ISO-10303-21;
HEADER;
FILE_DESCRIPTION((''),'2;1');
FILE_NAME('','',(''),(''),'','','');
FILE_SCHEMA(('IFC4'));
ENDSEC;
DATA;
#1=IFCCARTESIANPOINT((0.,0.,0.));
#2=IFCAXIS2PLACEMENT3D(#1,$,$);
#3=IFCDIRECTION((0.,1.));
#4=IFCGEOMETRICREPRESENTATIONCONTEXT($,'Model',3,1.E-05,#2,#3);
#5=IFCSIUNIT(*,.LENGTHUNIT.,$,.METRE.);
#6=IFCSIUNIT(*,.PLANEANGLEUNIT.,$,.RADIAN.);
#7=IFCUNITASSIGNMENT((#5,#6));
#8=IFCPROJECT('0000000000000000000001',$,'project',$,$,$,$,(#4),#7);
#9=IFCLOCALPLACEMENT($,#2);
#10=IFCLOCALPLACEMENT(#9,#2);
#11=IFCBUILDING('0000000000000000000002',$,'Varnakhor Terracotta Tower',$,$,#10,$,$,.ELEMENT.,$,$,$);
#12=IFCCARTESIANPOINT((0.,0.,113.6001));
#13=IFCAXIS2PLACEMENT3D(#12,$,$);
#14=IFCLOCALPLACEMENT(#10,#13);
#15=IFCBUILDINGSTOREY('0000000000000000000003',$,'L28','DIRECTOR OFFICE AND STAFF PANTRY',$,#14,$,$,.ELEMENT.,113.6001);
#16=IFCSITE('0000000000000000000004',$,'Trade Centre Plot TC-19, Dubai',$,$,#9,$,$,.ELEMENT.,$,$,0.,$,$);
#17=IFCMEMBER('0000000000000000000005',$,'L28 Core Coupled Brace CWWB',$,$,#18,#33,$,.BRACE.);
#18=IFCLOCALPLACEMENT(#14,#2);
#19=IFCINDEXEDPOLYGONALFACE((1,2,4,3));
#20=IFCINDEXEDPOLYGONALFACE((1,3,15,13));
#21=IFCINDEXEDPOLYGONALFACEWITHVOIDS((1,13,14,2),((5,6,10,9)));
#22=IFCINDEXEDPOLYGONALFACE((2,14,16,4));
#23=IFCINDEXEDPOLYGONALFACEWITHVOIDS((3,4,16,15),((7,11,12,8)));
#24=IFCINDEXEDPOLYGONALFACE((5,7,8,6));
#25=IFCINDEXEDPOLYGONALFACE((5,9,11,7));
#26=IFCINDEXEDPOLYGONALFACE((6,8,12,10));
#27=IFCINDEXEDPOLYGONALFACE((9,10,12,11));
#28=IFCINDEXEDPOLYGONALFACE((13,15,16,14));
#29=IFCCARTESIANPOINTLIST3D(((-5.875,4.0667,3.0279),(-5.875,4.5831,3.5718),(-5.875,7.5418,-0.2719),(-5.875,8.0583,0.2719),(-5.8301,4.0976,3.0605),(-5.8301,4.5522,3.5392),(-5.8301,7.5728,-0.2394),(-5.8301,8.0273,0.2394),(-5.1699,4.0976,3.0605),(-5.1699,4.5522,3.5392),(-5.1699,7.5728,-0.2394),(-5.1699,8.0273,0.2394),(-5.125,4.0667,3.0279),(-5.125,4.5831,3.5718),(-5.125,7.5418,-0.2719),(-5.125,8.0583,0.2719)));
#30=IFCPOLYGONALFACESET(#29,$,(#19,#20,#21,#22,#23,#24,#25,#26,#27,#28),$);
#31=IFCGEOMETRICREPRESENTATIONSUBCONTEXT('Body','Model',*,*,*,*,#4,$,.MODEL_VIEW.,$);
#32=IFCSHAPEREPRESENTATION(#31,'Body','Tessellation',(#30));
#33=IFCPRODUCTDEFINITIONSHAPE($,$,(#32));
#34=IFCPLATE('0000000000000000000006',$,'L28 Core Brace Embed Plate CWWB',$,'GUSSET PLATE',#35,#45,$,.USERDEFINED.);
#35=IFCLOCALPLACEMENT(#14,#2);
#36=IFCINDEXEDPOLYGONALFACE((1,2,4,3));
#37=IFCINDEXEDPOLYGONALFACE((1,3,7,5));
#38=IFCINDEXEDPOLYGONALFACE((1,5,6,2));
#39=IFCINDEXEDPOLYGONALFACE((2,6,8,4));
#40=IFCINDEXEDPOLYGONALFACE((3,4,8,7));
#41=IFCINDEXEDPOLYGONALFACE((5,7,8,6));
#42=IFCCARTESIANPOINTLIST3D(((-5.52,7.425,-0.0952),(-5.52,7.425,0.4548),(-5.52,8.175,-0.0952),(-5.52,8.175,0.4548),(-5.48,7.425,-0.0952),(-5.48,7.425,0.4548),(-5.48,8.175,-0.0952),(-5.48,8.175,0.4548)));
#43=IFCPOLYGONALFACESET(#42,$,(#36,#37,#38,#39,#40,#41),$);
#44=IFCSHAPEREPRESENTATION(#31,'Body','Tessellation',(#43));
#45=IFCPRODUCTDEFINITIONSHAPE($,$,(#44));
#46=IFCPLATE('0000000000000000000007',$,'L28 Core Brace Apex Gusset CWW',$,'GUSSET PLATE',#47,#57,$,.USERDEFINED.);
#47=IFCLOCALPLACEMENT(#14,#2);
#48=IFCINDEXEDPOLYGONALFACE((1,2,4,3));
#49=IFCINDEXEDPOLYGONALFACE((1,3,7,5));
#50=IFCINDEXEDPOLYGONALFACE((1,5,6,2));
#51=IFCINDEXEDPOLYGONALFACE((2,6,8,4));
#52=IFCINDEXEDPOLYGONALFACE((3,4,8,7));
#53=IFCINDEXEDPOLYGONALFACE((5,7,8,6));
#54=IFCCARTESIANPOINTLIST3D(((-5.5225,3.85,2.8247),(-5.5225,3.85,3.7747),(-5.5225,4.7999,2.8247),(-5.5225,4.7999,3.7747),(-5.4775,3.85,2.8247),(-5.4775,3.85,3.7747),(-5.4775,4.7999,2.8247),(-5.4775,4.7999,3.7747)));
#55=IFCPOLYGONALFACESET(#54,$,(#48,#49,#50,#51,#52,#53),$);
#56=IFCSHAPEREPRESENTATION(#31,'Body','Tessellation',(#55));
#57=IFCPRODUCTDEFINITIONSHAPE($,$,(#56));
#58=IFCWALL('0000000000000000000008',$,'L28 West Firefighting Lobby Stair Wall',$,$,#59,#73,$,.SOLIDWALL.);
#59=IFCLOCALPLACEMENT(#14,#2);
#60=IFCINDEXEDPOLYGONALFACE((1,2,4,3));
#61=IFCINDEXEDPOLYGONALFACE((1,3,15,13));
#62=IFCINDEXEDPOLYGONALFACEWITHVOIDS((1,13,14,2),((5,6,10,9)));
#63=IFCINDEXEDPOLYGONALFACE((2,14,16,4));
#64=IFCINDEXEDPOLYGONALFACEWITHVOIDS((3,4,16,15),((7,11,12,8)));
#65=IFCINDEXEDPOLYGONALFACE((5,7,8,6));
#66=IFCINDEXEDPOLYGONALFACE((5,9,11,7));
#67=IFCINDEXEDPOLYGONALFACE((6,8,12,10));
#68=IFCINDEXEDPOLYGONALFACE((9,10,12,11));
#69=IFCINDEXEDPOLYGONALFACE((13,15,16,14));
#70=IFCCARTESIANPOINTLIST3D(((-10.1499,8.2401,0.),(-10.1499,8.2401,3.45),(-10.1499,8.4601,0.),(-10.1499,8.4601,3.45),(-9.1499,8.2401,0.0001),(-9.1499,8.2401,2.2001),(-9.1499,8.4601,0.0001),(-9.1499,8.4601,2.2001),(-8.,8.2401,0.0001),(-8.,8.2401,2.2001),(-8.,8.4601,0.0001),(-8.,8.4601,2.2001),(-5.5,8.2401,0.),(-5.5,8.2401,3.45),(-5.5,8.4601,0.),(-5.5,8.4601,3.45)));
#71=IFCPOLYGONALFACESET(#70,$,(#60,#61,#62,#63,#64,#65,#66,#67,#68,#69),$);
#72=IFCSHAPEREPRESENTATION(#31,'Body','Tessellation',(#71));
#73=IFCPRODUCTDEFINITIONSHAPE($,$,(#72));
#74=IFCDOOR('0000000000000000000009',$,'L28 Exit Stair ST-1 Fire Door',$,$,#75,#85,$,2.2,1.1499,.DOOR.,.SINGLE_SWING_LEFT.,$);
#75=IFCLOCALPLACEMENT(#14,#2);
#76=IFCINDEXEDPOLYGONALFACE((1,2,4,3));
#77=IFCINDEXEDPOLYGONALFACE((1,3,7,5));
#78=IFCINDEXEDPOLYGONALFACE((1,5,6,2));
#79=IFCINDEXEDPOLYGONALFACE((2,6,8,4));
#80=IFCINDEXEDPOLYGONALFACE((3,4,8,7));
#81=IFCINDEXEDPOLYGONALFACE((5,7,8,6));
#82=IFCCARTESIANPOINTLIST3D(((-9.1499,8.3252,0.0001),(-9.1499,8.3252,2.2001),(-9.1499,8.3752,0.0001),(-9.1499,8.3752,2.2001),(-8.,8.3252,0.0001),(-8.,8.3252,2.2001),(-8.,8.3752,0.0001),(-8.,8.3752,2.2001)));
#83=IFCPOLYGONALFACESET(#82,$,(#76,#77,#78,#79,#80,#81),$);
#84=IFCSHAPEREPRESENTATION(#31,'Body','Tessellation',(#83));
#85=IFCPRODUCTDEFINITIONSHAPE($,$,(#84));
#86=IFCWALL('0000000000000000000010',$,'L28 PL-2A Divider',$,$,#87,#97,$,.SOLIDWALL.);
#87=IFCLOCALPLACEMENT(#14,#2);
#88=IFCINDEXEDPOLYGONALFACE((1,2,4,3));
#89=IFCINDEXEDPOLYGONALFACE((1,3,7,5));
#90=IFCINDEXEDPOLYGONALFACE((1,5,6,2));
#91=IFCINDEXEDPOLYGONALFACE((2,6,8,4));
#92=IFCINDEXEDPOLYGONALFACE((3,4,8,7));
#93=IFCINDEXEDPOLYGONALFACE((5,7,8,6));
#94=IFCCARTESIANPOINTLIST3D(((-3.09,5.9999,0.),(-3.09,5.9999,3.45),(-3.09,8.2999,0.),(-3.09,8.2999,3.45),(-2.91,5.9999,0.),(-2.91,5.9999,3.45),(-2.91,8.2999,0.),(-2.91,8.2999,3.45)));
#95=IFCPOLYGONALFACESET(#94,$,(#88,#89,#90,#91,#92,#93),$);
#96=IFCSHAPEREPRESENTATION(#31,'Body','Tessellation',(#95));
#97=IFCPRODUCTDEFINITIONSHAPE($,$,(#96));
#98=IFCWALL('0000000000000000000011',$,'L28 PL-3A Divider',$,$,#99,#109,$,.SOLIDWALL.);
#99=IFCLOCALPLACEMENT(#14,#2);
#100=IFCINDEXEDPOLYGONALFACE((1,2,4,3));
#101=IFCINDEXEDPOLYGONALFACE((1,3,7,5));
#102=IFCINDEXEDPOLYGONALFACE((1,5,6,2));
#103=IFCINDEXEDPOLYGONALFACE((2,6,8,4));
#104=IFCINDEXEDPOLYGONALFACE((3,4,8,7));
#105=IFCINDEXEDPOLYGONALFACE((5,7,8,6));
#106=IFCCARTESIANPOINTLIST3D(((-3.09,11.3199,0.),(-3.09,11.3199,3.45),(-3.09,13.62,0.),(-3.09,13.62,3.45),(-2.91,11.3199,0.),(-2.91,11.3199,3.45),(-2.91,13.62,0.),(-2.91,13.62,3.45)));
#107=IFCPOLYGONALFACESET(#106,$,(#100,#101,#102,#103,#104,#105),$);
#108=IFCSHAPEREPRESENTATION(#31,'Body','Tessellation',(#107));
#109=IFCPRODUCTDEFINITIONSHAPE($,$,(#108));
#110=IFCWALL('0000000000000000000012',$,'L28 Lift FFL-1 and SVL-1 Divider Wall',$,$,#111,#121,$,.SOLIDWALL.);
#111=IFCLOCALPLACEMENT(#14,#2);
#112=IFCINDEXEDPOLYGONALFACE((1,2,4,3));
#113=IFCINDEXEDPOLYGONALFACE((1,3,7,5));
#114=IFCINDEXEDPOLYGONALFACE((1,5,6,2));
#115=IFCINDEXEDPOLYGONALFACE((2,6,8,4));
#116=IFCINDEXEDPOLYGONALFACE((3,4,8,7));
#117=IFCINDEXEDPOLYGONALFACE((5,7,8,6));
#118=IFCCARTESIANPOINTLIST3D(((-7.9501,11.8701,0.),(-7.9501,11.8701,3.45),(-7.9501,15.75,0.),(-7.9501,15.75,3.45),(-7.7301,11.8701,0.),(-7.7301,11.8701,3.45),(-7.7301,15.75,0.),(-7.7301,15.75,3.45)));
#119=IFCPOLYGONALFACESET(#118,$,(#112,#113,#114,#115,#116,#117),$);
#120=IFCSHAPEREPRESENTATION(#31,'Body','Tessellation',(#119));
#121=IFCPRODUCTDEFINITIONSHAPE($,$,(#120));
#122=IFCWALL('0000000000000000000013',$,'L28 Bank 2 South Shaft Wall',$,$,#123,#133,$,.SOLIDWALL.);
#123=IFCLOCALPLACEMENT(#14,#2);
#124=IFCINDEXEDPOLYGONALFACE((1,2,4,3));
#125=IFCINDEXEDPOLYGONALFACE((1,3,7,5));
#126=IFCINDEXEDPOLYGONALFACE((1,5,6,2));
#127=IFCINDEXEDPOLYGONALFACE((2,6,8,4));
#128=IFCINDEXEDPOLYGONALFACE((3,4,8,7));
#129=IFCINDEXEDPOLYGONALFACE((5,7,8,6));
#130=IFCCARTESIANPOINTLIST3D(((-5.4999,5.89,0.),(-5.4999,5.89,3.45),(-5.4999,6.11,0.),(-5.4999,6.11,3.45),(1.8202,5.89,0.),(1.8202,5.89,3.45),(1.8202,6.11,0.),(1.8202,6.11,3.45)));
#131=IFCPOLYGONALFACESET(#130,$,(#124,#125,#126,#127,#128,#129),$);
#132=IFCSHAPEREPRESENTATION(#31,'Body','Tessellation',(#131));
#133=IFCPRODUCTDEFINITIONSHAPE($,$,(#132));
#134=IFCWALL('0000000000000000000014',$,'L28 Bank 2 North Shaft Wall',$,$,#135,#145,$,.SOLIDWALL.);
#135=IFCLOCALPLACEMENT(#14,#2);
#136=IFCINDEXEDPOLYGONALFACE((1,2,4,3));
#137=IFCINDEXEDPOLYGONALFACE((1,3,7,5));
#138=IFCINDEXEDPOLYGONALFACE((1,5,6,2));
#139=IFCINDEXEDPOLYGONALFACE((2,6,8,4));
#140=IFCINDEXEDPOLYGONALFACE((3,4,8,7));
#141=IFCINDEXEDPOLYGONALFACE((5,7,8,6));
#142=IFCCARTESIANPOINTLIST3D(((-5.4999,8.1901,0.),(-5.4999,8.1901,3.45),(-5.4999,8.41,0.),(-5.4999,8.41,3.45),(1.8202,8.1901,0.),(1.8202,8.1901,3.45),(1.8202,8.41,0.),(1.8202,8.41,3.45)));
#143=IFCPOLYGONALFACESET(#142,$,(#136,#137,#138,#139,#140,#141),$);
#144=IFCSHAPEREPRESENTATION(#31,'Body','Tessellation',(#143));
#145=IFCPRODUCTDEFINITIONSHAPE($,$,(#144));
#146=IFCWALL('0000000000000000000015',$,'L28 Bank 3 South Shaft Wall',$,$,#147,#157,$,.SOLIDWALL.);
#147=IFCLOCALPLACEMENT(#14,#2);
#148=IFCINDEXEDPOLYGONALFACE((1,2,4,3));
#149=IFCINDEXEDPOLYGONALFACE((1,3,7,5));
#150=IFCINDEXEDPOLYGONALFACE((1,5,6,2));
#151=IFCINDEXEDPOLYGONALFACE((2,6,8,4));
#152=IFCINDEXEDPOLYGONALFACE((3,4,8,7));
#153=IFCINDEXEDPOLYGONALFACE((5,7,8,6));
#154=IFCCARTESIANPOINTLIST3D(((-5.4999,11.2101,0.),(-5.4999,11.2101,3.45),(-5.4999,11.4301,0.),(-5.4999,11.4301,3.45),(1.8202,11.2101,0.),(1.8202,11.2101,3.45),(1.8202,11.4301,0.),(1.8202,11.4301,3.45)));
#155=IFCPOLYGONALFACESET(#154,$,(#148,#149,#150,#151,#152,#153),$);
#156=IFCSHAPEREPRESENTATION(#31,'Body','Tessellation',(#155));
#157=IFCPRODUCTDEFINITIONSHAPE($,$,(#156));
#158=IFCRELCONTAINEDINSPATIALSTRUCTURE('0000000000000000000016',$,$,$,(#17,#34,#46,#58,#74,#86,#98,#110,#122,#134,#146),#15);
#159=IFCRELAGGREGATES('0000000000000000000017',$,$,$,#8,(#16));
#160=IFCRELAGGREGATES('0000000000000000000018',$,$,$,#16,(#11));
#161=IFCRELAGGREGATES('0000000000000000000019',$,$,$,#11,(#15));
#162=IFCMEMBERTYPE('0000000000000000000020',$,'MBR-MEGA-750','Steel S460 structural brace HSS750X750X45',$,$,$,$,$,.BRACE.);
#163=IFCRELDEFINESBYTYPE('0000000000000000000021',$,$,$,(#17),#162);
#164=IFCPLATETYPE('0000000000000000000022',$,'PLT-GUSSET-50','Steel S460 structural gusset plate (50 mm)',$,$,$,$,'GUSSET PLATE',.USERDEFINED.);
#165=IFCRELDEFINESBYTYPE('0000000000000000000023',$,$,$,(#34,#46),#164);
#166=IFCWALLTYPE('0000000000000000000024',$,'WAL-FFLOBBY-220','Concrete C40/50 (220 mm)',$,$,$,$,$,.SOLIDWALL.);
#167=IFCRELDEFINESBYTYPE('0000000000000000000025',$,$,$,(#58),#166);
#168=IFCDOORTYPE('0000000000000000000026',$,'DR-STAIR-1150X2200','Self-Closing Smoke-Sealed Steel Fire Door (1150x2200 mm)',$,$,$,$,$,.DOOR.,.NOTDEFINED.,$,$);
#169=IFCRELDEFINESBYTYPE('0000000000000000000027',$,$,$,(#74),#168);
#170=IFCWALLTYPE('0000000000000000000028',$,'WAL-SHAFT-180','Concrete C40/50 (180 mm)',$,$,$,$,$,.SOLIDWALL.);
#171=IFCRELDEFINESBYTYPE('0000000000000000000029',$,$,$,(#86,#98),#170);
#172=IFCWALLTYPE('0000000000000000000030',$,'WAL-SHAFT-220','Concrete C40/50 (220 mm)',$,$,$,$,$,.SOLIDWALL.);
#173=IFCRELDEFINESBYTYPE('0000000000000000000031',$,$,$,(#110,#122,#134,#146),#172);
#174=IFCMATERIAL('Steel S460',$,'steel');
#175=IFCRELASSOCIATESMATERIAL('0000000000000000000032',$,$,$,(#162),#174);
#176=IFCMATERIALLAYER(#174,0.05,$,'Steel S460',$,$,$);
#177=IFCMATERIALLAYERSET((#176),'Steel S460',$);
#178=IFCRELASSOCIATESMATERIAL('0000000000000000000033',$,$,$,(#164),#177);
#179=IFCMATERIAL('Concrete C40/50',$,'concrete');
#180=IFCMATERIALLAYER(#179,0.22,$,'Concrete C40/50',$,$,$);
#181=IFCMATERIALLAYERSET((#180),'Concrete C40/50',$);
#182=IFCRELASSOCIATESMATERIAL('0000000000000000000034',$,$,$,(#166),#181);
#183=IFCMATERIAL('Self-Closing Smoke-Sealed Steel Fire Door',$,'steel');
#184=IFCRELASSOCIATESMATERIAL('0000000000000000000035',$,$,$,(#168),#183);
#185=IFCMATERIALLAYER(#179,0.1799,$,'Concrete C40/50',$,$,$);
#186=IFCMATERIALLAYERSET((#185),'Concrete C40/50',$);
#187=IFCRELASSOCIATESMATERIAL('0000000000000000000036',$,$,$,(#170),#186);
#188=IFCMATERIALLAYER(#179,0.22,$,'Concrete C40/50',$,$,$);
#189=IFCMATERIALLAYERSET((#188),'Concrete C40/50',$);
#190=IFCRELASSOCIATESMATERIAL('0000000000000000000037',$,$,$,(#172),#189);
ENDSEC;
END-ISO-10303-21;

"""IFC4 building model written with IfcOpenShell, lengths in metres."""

from ifc_helpers import new_model, si_unit, direction, frame, frame_2d, origin, origin_2d, place, context, subcontext, project, spatial, rectangle, hollow_rectangle, extrude, source, transform, mapped, material, layer, layer_set, material_profile, profile_set, type_object, type_shapes, element, fill, save


model = new_model("IFC4")

# Units and contexts
model_context = context("Model", 3, precision=1e-05, world=origin(), true_north=direction((0.0, 1.0)))
body_context = subcontext(model_context, "Body", "Model", "MODEL_VIEW")
ifc_project = project(units=[si_unit("LENGTHUNIT", "METRE"), si_unit("PLANEANGLEUNIT", "RADIAN")], contexts=[model_context])

# Site, building, storey
site_placement = place(None, origin())
site = spatial("IfcSite", under=ifc_project, at=site_placement, Name="Trade Centre Plot TC-19, Dubai", CompositionType="ELEMENT", RefElevation=0.0)
building_placement = place(site_placement, origin())
building = spatial("IfcBuilding", under=site, at=building_placement, Name="Varnakhor Terracotta Tower", CompositionType="ELEMENT")
storey_placement = place(building_placement, frame((0.0, 0.0, 113.6001)))
storey = spatial("IfcBuildingStorey", under=building, at=storey_placement, Name="L28", Description="DIRECTOR OFFICE AND STAFF PANTRY", CompositionType="ELEMENT", Elevation=113.6001)

# Member
ifc_material_1 = material(Name="Steel S460", Category="steel")
ifc_material_profile = material_profile(ifc_material_1, hollow_rectangle(XDim=0.75, YDim=0.75, WallThickness=0.0449, at=origin_2d()), Name="HSS750X750X45")
ifc_profile_set = profile_set([ifc_material_profile], Name="Steel S460")
member_type = type_object("IfcMemberType", Name="MBR-MEGA-750", Description="Steel S460 structural brace HSS750X750X45", PredefinedType="BRACE", material=ifc_profile_set)
shared_shape_1 = source(origin(), body_context, "Body", "SweptSolid", [
    extrude(hollow_rectangle(XDim=0.75, YDim=0.75, WallThickness=0.0449, at=origin_2d()), origin(), (0.0, 0.0, 1.0), 4.7922),
])
member_placement = place(storey_placement, frame((-5.5, 7.8, 0.0), z_axis=(0.0, -0.72516, 0.688581), x_axis=(1.0, 0.0, 0.0)))
element("IfcMember", 1, at=member_placement, inside=storey, type_object=member_type, Name="L28 Core Coupled Brace CWWB", PredefinedType="BRACE", context=body_context, shape_type="MappedRepresentation", body=[
    mapped(shared_shape_1, transform((0.0, 0.0, 0.0), scale=1.0)),
])

# Plates
ifc_layer_1 = layer(ifc_material_1, 0.05, Name="Steel S460")
ifc_layer_set_1 = layer_set([ifc_layer_1], Name="Steel S460")
plate_type = type_object("IfcPlateType", Name="PLT-GUSSET-50", Description="Steel S460 structural gusset plate (50 mm)", ElementType="GUSSET PLATE", PredefinedType="USERDEFINED", material=ifc_layer_set_1)
shared_shape_2 = source(origin(), body_context, "Body", "SweptSolid", [
    extrude(rectangle(XDim=0.75, YDim=0.04, at=origin_2d()), origin(), (0.0, 0.0, 1.0), 0.55),
])
type_shapes(plate_type, [shared_shape_2])
plate_1_placement = place(storey_placement, frame((-5.5, 7.8, -0.0952), z_axis=(0.0, 0.0, 1.0), x_axis=(0.0, 1.0, 0.0)))
element("IfcPlate", 2, at=plate_1_placement, inside=storey, type_object=plate_type, Name="L28 Core Brace Embed Plate CWWB", ObjectType="GUSSET PLATE", PredefinedType="USERDEFINED", context=body_context, shape_type="MappedRepresentation", body=[
    mapped(shared_shape_2, transform((0.0, 0.0, 0.0), scale=1.0)),
])
shared_shape_3 = source(origin(), body_context, "Body", "SweptSolid", [
    extrude(rectangle(XDim=0.95, YDim=0.0449, at=origin_2d()), origin(), (0.0, 0.0, 1.0), 0.95),
])
plate_2_placement = place(storey_placement, frame((-5.5, 4.325, 2.8247), z_axis=(0.0, 0.0, 1.0), x_axis=(0.0, 1.0, 0.0)))
element("IfcPlate", 3, at=plate_2_placement, inside=storey, type_object=plate_type, Name="L28 Core Brace Apex Gusset CWW", ObjectType="GUSSET PLATE", PredefinedType="USERDEFINED", context=body_context, shape_type="MappedRepresentation", body=[
    mapped(shared_shape_3, transform((0.0, 0.0, 0.0), scale=1.0)),
])

# Wall, opening, door
ifc_material_2 = material(Name="Concrete C40/50", Category="concrete")
ifc_layer_2 = layer(ifc_material_2, 0.22, Name="Concrete C40/50")
ifc_layer_set_2 = layer_set([ifc_layer_2], Name="Concrete C40/50")
wall_type_1 = type_object("IfcWallType", Name="WAL-FFLOBBY-220", Description="Concrete C40/50 (220 mm)", PredefinedType="SOLIDWALL", material=ifc_layer_set_2)
wall_1_placement = place(storey_placement, frame((-5.5, 8.3501, 0.0), z_axis=(0.0, 0.0, 1.0), x_axis=(-1.0, 0.0, 0.0)))
wall_1 = element("IfcWall", 4, at=wall_1_placement, inside=storey, type_object=wall_type_1, Name="L28 West Firefighting Lobby Stair Wall", PredefinedType="SOLIDWALL", context=body_context, shape_type="SweptSolid", body=[
    extrude(rectangle(XDim=4.6499, YDim=0.22, at=frame_2d((2.325, 0.0))), origin(), (0.0, 0.0, 1.0), 3.45),
])
opening_placement = place(wall_1_placement, frame((2.5, 0.0, 0.0)))
opening = element("IfcOpeningElement", 5, at=opening_placement, cuts=wall_1, PredefinedType="OPENING", context=body_context, shape_type="SweptSolid", body=[
    extrude(rectangle(XDim=1.1499, YDim=2.2, at=frame_2d((0.575, 1.1001))), frame((0.0, 0.1201, 0.0), z_axis=(0.0, -1.0, 0.0), x_axis=(1.0, 0.0, 0.0)), (0.0, 0.0, 1.0), 0.24),
])
ifc_material_3 = material(Name="Self-Closing Smoke-Sealed Steel Fire Door", Category="steel")
door_type = type_object("IfcDoorType", Name="DR-STAIR-1150X2200", Description="Self-Closing Smoke-Sealed Steel Fire Door (1150x2200 mm)", OperationType="NOTDEFINED", PredefinedType="DOOR", material=ifc_material_3)
shared_shape_4 = source(origin(), body_context, "Body", "SweptSolid", [
    extrude(rectangle(XDim=1.1499, YDim=2.2, at=frame_2d((0.575, 1.1001))), frame((0.0, 0.0249, 0.0), z_axis=(0.0, -1.0, 0.0), x_axis=(1.0, 0.0, 0.0)), (0.0, 0.0, 1.0), 0.05),
])
type_shapes(door_type, [shared_shape_4])
door_placement = place(opening_placement, origin())
door = element("IfcDoor", 6, at=door_placement, inside=storey, type_object=door_type, Name="L28 Exit Stair ST-1 Fire Door", OperationType="SINGLE_SWING_LEFT", OverallHeight=2.2, OverallWidth=1.1499, PredefinedType="DOOR", context=body_context, shape_type="MappedRepresentation", body=[
    mapped(shared_shape_4, transform((0.0, 0.0, 0.0), scale=1.0)),
])
fill(opening, door)

# Walls
ifc_layer_3 = layer(ifc_material_2, 0.1799, Name="Concrete C40/50")
ifc_layer_set_3 = layer_set([ifc_layer_3], Name="Concrete C40/50")
wall_type_2 = type_object("IfcWallType", Name="WAL-SHAFT-180", Description="Concrete C40/50 (180 mm)", PredefinedType="SOLIDWALL", material=ifc_layer_set_3)
for number, where, z_axis, x_axis, name in (
    (7, (-3.0, 6.0, 0.0), (0.0, 0.0, 1.0), (0.0, 1.0, 0.0), "L28 PL-2A Divider"),
    (8, (-3.0, 11.3201, 0.0), (0.0, 0.0, 1.0), (0.0, 1.0, 0.0), "L28 PL-3A Divider"),
):
    element("IfcWall", number, at=place(storey_placement, frame(where, z_axis=z_axis, x_axis=x_axis)), inside=storey, type_object=wall_type_2, Name=name, PredefinedType="SOLIDWALL", context=body_context, shape_type="SweptSolid", body=[
        extrude(rectangle(XDim=2.3, YDim=0.1799, at=frame_2d((1.1499, 0.0))), origin(), (0.0, 0.0, 1.0), 3.45),
    ])
ifc_layer_4 = layer(ifc_material_2, 0.22, Name="Concrete C40/50")
ifc_layer_set_4 = layer_set([ifc_layer_4], Name="Concrete C40/50")
wall_type_3 = type_object("IfcWallType", Name="WAL-SHAFT-220", Description="Concrete C40/50 (220 mm)", PredefinedType="SOLIDWALL", material=ifc_layer_set_4)
wall_2_placement = place(storey_placement, frame((-7.8401, 11.8701, 0.0), z_axis=(0.0, 0.0, 1.0), x_axis=(0.0, 1.0, 0.0)))
element("IfcWall", 9, at=wall_2_placement, inside=storey, type_object=wall_type_3, Name="L28 Lift FFL-1 and SVL-1 Divider Wall", PredefinedType="SOLIDWALL", context=body_context, shape_type="SweptSolid", body=[
    extrude(rectangle(XDim=3.8799, YDim=0.22, at=frame_2d((1.9399, 0.0))), origin(), (0.0, 0.0, 1.0), 3.45),
])
for number, where, z_axis, x_axis, name in (
    (10, (-5.5, 6.0, 0.0), (0.0, 0.0, 1.0), (1.0, 0.0, 0.0), "L28 Bank 2 South Shaft Wall"),
    (11, (-5.5, 8.3, 0.0), (0.0, 0.0, 1.0), (1.0, 0.0, 0.0), "L28 Bank 2 North Shaft Wall"),
    (12, (-5.5, 11.3201, 0.0), (0.0, 0.0, 1.0), (1.0, 0.0, 0.0), "L28 Bank 3 South Shaft Wall"),
):
    element("IfcWall", number, at=place(storey_placement, frame(where, z_axis=z_axis, x_axis=x_axis)), inside=storey, type_object=wall_type_3, Name=name, PredefinedType="SOLIDWALL", context=body_context, shape_type="SweptSolid", body=[
        extrude(rectangle(XDim=7.3201, YDim=0.22, at=frame_2d((3.6602, 0.0))), origin(), (0.0, 0.0, 1.0), 3.45),
    ])

save(model, "model.ifc")
